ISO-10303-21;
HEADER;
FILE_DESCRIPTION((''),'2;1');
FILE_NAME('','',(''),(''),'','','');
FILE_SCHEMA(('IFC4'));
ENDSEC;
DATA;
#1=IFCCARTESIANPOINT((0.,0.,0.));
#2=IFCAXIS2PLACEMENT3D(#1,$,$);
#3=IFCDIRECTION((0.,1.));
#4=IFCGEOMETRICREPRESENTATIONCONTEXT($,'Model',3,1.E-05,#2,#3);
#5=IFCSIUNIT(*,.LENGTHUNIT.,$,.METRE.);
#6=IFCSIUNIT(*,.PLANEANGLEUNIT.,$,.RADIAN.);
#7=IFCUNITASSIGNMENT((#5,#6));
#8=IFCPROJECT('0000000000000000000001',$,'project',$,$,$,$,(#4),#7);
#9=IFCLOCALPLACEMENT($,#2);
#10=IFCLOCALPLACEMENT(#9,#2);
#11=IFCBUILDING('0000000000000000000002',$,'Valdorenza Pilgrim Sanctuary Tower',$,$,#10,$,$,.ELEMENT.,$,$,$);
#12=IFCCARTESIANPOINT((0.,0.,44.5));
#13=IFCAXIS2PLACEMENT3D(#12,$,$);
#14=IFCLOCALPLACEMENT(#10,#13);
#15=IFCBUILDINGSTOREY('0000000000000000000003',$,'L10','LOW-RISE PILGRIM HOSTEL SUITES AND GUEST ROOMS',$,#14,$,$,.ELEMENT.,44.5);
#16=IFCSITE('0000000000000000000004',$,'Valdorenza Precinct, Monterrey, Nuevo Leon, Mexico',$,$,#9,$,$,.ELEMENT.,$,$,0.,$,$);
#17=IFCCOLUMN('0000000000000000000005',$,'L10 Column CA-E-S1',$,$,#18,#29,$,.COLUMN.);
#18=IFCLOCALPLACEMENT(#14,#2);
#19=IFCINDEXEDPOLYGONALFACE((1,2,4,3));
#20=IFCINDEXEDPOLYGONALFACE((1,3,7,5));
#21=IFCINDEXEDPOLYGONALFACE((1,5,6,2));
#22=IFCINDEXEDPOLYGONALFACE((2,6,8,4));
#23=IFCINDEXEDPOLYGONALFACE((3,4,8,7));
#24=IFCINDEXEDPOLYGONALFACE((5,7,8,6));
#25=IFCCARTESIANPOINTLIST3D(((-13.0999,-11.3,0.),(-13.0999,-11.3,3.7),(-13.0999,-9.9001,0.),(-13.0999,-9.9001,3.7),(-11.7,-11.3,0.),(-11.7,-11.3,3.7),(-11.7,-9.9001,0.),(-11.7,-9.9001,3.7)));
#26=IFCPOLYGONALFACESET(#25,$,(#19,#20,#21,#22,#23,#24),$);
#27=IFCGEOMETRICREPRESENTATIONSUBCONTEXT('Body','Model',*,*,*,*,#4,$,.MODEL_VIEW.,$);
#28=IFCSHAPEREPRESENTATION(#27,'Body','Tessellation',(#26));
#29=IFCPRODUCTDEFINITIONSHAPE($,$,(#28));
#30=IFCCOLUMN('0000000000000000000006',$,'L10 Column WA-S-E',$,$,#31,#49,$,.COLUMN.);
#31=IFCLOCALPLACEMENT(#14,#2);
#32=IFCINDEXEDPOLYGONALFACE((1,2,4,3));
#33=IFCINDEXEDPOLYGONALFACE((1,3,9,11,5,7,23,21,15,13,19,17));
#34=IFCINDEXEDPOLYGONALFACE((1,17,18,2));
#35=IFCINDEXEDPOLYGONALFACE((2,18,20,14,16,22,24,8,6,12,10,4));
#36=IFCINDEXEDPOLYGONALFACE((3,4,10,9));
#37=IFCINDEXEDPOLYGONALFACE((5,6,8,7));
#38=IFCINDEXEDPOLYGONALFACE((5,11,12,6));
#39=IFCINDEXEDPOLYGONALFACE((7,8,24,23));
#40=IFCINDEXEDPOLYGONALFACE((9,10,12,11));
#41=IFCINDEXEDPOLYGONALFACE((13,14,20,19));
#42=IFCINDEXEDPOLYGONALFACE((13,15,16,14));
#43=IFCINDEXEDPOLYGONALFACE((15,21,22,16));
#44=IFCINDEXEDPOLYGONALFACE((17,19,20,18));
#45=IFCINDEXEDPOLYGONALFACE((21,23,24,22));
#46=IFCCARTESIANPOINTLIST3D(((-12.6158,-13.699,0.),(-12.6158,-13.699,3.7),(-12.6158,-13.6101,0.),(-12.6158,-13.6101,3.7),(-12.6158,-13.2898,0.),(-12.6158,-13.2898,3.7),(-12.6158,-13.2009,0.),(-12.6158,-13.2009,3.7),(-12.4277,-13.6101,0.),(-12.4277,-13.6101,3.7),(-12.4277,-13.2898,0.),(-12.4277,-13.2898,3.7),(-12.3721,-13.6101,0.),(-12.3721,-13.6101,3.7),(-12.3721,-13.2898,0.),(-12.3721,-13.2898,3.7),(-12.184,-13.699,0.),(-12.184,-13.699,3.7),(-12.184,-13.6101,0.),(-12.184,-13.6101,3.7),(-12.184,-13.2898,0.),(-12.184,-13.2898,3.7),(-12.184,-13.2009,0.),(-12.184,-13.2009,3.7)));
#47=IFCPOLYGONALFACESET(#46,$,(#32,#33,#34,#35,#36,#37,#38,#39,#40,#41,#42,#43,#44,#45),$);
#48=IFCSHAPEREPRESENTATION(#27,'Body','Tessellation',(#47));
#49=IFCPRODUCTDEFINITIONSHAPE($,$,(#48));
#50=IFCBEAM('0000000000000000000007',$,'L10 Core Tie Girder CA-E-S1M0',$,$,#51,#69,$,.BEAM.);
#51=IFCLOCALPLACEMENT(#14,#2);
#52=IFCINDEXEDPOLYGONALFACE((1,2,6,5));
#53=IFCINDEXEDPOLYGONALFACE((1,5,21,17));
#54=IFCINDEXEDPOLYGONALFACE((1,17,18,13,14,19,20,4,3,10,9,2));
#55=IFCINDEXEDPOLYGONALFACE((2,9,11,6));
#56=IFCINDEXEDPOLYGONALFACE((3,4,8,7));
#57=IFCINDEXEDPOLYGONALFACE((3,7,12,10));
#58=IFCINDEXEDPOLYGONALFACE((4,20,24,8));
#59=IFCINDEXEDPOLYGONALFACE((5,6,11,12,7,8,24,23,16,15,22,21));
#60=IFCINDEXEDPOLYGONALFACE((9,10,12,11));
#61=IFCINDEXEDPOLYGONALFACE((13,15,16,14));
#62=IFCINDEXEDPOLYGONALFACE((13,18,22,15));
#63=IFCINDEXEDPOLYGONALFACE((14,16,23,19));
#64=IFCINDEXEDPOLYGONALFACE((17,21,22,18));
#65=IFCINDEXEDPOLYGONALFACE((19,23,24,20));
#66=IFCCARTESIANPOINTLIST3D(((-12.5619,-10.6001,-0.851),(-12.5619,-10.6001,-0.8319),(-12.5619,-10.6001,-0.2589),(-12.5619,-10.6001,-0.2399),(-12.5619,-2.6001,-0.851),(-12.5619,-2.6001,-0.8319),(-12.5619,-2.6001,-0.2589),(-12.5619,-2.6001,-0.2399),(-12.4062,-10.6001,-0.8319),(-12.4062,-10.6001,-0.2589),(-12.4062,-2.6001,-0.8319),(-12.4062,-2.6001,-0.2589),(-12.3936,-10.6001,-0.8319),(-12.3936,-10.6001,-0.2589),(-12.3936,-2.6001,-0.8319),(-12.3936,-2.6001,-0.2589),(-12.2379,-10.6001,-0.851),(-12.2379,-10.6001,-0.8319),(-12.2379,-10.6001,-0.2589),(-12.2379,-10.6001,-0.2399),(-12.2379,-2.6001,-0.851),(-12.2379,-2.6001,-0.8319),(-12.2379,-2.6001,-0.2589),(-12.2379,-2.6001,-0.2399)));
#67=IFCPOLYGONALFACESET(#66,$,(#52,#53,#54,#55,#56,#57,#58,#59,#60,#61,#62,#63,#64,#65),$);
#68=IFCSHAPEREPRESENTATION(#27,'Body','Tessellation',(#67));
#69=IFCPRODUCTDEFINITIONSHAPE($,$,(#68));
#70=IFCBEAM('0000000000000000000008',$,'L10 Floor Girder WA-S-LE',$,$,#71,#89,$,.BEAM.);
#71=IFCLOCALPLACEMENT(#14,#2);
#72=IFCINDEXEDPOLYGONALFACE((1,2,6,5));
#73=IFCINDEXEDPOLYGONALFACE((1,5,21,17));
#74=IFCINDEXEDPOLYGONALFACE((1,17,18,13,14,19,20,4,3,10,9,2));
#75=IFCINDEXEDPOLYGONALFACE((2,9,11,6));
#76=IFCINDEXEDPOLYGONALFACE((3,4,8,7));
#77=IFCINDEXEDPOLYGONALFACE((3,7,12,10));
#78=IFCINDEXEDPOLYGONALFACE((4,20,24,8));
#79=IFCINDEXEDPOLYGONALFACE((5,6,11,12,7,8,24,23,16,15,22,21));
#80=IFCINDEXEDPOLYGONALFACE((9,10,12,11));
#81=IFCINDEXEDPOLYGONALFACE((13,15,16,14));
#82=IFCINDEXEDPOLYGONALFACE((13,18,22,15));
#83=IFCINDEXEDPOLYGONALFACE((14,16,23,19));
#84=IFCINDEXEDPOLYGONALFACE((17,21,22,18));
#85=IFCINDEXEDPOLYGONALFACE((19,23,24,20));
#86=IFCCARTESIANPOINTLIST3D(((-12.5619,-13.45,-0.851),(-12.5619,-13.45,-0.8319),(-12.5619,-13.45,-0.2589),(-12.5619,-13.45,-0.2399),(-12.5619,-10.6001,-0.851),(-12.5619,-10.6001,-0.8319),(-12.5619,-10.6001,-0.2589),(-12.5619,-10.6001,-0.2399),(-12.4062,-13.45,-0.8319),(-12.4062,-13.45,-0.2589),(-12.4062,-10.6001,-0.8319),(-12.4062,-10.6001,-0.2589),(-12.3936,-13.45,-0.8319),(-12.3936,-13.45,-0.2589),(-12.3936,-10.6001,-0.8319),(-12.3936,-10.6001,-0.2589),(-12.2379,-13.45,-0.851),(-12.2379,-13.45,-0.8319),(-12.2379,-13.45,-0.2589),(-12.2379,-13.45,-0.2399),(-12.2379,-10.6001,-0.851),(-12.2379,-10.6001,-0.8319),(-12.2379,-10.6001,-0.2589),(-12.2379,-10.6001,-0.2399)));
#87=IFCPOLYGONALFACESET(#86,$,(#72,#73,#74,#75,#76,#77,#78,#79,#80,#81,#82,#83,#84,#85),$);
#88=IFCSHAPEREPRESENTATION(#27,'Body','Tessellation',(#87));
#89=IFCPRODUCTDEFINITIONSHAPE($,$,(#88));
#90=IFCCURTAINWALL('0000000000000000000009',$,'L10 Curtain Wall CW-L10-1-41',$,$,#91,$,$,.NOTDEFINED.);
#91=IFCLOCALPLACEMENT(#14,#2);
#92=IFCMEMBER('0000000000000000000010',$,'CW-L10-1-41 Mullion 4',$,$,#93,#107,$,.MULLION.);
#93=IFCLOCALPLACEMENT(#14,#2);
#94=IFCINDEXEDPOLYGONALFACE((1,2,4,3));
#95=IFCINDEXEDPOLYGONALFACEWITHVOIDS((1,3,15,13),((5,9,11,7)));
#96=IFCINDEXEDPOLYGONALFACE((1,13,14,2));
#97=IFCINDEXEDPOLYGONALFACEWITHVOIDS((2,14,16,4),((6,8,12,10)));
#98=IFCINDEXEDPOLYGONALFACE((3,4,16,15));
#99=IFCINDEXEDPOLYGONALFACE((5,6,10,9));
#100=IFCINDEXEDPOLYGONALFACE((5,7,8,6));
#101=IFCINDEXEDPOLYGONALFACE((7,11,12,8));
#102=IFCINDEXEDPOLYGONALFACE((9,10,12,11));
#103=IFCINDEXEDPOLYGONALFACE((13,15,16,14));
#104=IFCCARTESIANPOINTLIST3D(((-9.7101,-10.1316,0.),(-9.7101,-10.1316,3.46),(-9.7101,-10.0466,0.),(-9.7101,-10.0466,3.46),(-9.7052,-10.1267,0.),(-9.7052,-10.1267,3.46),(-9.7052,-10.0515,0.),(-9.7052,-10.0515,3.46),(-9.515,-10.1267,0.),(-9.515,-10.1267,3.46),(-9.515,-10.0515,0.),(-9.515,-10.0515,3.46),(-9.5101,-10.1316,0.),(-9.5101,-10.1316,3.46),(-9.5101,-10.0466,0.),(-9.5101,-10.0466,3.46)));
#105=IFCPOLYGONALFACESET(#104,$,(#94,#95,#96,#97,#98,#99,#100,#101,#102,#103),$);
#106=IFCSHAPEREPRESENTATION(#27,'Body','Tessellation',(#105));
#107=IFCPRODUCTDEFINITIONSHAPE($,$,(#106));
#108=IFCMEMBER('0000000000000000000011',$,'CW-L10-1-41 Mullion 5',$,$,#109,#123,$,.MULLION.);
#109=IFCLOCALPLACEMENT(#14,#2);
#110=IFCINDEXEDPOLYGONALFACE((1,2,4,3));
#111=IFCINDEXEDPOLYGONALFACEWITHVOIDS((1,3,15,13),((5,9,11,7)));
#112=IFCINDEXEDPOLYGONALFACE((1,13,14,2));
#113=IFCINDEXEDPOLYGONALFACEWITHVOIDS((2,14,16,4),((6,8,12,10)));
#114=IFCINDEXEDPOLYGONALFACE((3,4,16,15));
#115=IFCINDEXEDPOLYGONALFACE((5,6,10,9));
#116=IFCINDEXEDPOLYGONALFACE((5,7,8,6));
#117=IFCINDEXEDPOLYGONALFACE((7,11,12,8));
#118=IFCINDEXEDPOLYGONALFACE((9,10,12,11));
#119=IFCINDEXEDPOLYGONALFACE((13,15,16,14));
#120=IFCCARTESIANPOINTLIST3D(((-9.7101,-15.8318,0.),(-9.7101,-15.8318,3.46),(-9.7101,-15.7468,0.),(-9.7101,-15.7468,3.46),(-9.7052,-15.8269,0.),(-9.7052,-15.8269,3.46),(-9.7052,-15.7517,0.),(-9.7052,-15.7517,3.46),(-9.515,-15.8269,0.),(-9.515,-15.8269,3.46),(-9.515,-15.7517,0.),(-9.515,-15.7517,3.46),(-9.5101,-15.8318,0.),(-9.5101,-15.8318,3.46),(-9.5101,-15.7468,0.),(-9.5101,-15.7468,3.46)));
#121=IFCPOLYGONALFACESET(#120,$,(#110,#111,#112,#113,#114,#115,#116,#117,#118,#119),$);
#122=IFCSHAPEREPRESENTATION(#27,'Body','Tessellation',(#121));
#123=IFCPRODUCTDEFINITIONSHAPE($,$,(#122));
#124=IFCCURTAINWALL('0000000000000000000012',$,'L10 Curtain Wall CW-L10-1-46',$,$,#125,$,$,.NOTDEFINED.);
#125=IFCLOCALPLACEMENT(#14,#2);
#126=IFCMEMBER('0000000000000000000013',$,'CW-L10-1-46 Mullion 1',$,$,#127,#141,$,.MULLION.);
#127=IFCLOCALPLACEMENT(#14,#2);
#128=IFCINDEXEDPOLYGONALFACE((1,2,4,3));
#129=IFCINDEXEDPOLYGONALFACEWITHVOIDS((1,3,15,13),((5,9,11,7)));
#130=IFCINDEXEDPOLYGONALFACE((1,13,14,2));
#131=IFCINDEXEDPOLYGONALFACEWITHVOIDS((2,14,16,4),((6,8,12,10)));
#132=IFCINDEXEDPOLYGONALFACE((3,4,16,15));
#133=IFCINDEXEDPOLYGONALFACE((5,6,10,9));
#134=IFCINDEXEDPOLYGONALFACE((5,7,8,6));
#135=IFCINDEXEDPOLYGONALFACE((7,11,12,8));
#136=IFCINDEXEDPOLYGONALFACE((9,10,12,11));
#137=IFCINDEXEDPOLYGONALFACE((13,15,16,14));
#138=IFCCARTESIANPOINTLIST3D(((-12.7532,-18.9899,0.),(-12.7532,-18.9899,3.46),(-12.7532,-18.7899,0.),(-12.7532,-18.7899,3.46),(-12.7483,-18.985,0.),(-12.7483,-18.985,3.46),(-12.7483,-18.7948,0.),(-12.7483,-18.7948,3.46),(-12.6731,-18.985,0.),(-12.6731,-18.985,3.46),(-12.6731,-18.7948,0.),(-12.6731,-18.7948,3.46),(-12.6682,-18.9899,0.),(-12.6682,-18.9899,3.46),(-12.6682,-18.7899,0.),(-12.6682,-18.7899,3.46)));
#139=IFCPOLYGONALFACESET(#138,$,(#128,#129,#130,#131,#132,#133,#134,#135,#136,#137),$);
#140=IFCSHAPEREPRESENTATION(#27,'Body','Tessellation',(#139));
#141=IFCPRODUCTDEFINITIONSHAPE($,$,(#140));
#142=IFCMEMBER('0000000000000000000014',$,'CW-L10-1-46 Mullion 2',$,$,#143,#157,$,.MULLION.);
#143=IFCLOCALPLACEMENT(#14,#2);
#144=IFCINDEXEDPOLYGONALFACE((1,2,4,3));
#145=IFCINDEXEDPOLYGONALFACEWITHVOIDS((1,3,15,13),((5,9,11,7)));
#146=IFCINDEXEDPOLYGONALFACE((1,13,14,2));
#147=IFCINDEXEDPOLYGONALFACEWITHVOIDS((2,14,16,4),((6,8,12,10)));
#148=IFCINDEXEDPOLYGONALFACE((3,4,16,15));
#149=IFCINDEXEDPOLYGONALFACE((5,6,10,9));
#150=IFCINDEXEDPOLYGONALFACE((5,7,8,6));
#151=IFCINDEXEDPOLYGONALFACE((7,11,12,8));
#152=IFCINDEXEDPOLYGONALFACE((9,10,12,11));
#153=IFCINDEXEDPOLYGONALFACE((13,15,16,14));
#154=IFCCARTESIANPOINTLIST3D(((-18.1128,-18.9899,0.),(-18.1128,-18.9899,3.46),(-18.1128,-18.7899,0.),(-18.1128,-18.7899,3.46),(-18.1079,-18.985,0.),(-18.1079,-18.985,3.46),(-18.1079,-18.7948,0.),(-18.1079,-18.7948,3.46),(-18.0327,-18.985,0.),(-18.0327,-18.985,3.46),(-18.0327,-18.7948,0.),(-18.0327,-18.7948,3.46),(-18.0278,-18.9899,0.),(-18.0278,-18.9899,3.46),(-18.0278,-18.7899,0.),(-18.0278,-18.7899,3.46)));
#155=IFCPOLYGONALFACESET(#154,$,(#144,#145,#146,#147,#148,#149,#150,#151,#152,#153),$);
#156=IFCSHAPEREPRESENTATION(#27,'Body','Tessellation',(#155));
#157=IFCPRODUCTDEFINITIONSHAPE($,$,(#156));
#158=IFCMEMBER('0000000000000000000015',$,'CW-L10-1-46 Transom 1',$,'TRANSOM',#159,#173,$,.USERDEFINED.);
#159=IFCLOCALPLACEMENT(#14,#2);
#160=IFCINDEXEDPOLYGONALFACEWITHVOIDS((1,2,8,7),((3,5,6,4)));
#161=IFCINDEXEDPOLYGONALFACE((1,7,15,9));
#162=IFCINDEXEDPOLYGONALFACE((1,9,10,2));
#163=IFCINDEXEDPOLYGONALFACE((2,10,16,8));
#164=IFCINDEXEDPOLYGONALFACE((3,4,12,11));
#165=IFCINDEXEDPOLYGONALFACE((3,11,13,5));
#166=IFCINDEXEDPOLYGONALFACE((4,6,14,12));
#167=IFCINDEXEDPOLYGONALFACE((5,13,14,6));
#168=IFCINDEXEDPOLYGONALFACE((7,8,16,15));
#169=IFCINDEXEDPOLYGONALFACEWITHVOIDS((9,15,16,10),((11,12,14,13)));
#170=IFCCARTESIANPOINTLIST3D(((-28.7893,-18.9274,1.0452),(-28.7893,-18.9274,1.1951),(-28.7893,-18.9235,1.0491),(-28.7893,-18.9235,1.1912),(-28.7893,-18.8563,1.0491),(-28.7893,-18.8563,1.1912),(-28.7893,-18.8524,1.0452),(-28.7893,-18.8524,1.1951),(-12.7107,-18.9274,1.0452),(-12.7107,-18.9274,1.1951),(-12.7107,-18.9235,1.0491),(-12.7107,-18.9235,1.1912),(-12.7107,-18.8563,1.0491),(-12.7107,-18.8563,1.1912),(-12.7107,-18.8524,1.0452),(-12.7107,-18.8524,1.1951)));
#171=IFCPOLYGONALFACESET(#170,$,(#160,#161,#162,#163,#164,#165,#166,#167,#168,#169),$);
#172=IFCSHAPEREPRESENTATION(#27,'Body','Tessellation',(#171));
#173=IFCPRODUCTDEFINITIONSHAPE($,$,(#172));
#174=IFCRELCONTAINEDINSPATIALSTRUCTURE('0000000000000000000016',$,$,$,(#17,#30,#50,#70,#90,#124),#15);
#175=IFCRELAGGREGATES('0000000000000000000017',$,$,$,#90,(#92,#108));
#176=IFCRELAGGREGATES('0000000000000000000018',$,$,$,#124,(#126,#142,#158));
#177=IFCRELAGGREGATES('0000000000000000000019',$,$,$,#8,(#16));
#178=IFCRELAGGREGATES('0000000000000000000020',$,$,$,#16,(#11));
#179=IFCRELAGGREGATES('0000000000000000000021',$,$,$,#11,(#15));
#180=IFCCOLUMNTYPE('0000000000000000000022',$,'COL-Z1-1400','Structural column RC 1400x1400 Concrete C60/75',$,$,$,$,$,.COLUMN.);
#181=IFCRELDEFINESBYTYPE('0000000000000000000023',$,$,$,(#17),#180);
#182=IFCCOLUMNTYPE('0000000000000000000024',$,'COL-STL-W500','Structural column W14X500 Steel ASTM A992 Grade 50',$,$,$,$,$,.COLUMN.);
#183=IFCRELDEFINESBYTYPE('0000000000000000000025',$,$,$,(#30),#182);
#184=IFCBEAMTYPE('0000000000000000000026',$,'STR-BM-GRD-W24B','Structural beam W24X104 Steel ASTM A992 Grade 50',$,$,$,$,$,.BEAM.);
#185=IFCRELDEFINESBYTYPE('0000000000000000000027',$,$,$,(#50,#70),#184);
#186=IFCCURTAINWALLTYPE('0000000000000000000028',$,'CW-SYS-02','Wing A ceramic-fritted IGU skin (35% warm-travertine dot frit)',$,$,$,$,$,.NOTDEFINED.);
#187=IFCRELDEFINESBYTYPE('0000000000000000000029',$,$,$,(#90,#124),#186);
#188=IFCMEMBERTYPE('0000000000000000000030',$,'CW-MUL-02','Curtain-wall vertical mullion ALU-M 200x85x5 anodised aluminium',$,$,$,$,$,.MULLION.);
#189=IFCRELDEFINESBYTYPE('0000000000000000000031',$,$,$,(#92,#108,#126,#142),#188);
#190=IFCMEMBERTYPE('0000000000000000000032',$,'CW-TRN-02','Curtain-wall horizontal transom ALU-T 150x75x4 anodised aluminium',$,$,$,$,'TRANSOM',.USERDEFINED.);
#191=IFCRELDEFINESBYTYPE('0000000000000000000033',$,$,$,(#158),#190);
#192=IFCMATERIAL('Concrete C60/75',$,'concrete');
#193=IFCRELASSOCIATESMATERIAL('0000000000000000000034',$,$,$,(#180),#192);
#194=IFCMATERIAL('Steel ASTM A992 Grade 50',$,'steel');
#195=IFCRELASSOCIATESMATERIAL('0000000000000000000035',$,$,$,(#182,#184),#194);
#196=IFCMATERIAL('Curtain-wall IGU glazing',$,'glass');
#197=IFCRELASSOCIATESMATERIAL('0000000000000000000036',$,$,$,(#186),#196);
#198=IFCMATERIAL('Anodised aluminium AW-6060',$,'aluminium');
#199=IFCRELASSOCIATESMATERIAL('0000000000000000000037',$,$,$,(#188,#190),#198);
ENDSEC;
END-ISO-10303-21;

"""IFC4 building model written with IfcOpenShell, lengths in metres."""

from ifc_helpers import new_model, si_unit, direction, frame, origin, origin_2d, place, context, subcontext, project, spatial, rectangle, hollow_rectangle, i_section, extrude, source, transform, mapped, material, material_profile, profile_set, type_object, element, aggregate, save


model = new_model("IFC4")

# Units and contexts
model_context = context("Model", 3, precision=1e-05, world=origin(), true_north=direction((0.0, 1.0)))
body_context = subcontext(model_context, "Body", "Model", "MODEL_VIEW")
ifc_project = project(units=[si_unit("LENGTHUNIT", "METRE"), si_unit("PLANEANGLEUNIT", "RADIAN")], contexts=[model_context])

# Site, building, storey
site_placement = place(None, origin())
site = spatial("IfcSite", under=ifc_project, at=site_placement, Name="Valdorenza Precinct, Monterrey, Nuevo Leon, Mexico", CompositionType="ELEMENT", RefElevation=0.0)
building_placement = place(site_placement, origin())
building = spatial("IfcBuilding", under=site, at=building_placement, Name="Valdorenza Pilgrim Sanctuary Tower", CompositionType="ELEMENT")
storey_placement = place(building_placement, frame((0.0, 0.0, 44.5)))
storey = spatial("IfcBuildingStorey", under=building, at=storey_placement, Name="L10", Description="LOW-RISE PILGRIM HOSTEL SUITES AND GUEST ROOMS", CompositionType="ELEMENT", Elevation=44.5)

# Columns
ifc_material_1 = material(Name="Concrete C60/75", Category="concrete")
ifc_material_profile_1 = material_profile(ifc_material_1, rectangle(XDim=1.3999, YDim=1.3999, at=origin_2d()), Name="RC 1400x1400")
ifc_profile_set_1 = profile_set([ifc_material_profile_1], Name="Concrete C60/75")
column_type_1 = type_object("IfcColumnType", Name="COL-Z1-1400", Description="Structural column RC 1400x1400 Concrete C60/75", PredefinedType="COLUMN", material=ifc_profile_set_1)
shared_shape_1 = source(origin(), body_context, "Body", "SweptSolid", [
    extrude(rectangle(XDim=1.3999, YDim=1.3999, at=origin_2d()), origin(), (0.0, 0.0, 1.0), 3.7),
])
column_1_placement = place(storey_placement, frame((-12.3999, -10.6001, 0.0), z_axis=(0.0, 0.0, 1.0), x_axis=(1.0, 0.0, 0.0)))
element("IfcColumn", 1, at=column_1_placement, inside=storey, type_object=column_type_1, Name="L10 Column CA-E-S1", PredefinedType="COLUMN", context=body_context, shape_type="MappedRepresentation", body=[
    mapped(shared_shape_1, transform((0.0, 0.0, 0.0), x_axis=(1.0, 0.0, 0.0), y_axis=(0.0, 1.0, 0.0), z_axis=(0.0, 0.0, 1.0), scale=1.0)),
])
ifc_material_2 = material(Name="Steel ASTM A992 Grade 50", Category="steel")
ifc_material_profile_2 = material_profile(ifc_material_2, i_section(OverallWidth=0.4319, OverallDepth=0.498, WebThickness=0.0557, FlangeThickness=0.0889, at=origin_2d()), Name="W14X500")
ifc_profile_set_2 = profile_set([ifc_material_profile_2], Name="Steel ASTM A992 Grade 50")
column_type_2 = type_object("IfcColumnType", Name="COL-STL-W500", Description="Structural column W14X500 Steel ASTM A992 Grade 50", PredefinedType="COLUMN", material=ifc_profile_set_2)
shared_shape_2 = source(origin(), body_context, "Body", "SweptSolid", [
    extrude(i_section(OverallWidth=0.4319, OverallDepth=0.498, WebThickness=0.0557, FlangeThickness=0.0889, at=origin_2d()), origin(), (0.0, 0.0, 1.0), 3.7),
])
column_2_placement = place(storey_placement, frame((-12.3999, -13.45, 0.0), z_axis=(0.0, 0.0, 1.0), x_axis=(1.0, 0.0, 0.0)))
element("IfcColumn", 2, at=column_2_placement, inside=storey, type_object=column_type_2, Name="L10 Column WA-S-E", PredefinedType="COLUMN", context=body_context, shape_type="MappedRepresentation", body=[
    mapped(shared_shape_2, transform((0.0, 0.0, 0.0), x_axis=(1.0, 0.0, 0.0), y_axis=(0.0, 1.0, 0.0), z_axis=(0.0, 0.0, 1.0), scale=1.0)),
])

# Beams
ifc_material_profile_3 = material_profile(ifc_material_2, i_section(OverallWidth=0.324, OverallDepth=0.6111, WebThickness=0.0127, FlangeThickness=0.019, at=origin_2d()), Name="W24X104")
ifc_profile_set_3 = profile_set([ifc_material_profile_3], Name="Steel ASTM A992 Grade 50")
beam_type = type_object("IfcBeamType", Name="STR-BM-GRD-W24B", Description="Structural beam W24X104 Steel ASTM A992 Grade 50", PredefinedType="BEAM", material=ifc_profile_set_3)
shared_shape_3 = source(origin(), body_context, "Body", "SweptSolid", [
    extrude(i_section(OverallWidth=0.324, OverallDepth=0.6111, WebThickness=0.0127, FlangeThickness=0.019, at=origin_2d()), origin(), (0.0, 0.0, 1.0), 8.0),
])
beam_1_placement = place(storey_placement, frame((-12.3999, -10.6001, -0.5454), z_axis=(0.0, 1.0, 0.0), x_axis=(-1.0, 0.0, 0.0)))
element("IfcBeam", 3, at=beam_1_placement, inside=storey, type_object=beam_type, Name="L10 Core Tie Girder CA-E-S1M0", PredefinedType="BEAM", context=body_context, shape_type="MappedRepresentation", body=[
    mapped(shared_shape_3, transform((0.0, 0.0, 0.0), x_axis=(1.0, 0.0, 0.0), y_axis=(0.0, 1.0, 0.0), z_axis=(0.0, 0.0, 1.0), scale=1.0)),
])
shared_shape_4 = source(origin(), body_context, "Body", "SweptSolid", [
    extrude(i_section(OverallWidth=0.324, OverallDepth=0.6111, WebThickness=0.0127, FlangeThickness=0.019, at=origin_2d()), origin(), (0.0, 0.0, 1.0), 2.8499),
])
beam_2_placement = place(storey_placement, frame((-12.3999, -13.45, -0.5454), z_axis=(0.0, 1.0, 0.0), x_axis=(-1.0, 0.0, 0.0)))
element("IfcBeam", 4, at=beam_2_placement, inside=storey, type_object=beam_type, Name="L10 Floor Girder WA-S-LE", PredefinedType="BEAM", context=body_context, shape_type="MappedRepresentation", body=[
    mapped(shared_shape_4, transform((0.0, 0.0, 0.0), x_axis=(1.0, 0.0, 0.0), y_axis=(0.0, 1.0, 0.0), z_axis=(0.0, 0.0, 1.0), scale=1.0)),
])

# Curtain walls, members
ifc_material_3 = material(Name="Curtain-wall IGU glazing", Category="glass")
curtain_wall_type = type_object("IfcCurtainWallType", Name="CW-SYS-02", Description="Wing A ceramic-fritted IGU skin (35% warm-travertine dot frit)", PredefinedType="NOTDEFINED", material=ifc_material_3)
curtain_wall_1_placement = place(storey_placement, origin())
curtain_wall_1 = element("IfcCurtainWall", 5, at=curtain_wall_1_placement, inside=storey, type_object=curtain_wall_type, Name="L10 Curtain Wall CW-L10-1-41", PredefinedType="NOTDEFINED")
ifc_material_4 = material(Name="Anodised aluminium AW-6060", Category="aluminium")
ifc_material_profile_4 = material_profile(ifc_material_4, hollow_rectangle(XDim=0.085, YDim=0.2, WallThickness=0.0049, at=origin_2d()), Name="ALU-M 200x85x5")
ifc_profile_set_4 = profile_set([ifc_material_profile_4], Name="Anodised aluminium AW-6060")
member_type_1 = type_object("IfcMemberType", Name="CW-MUL-02", Description="Curtain-wall vertical mullion ALU-M 200x85x5 anodised aluminium", PredefinedType="MULLION", material=ifc_profile_set_4)
shared_shape_5 = source(origin(), body_context, "Body", "SweptSolid", [
    extrude(hollow_rectangle(XDim=0.085, YDim=0.2, WallThickness=0.0049, at=origin_2d()), origin(), (0.0, 0.0, 1.0), 3.46),
])
member_1_placement = place(storey_placement, frame((-9.6101, -10.0891, 0.0), z_axis=(0.0, 0.0, 1.0), x_axis=(0.0, -1.0, 0.0)))
member_1 = element("IfcMember", 6, at=member_1_placement, type_object=member_type_1, Name="CW-L10-1-41 Mullion 4", PredefinedType="MULLION", context=body_context, shape_type="MappedRepresentation", body=[
    mapped(shared_shape_5, transform((0.0, 0.0, 0.0), x_axis=(1.0, 0.0, 0.0), y_axis=(0.0, 1.0, 0.0), z_axis=(0.0, 0.0, 1.0), scale=1.0)),
])
member_2_placement = place(storey_placement, frame((-9.6101, -15.7893, 0.0), z_axis=(0.0, 0.0, 1.0), x_axis=(0.0, -1.0, 0.0)))
member_2 = element("IfcMember", 7, at=member_2_placement, type_object=member_type_1, Name="CW-L10-1-41 Mullion 5", PredefinedType="MULLION", context=body_context, shape_type="MappedRepresentation", body=[
    mapped(shared_shape_5, transform((0.0, 0.0, 0.0), x_axis=(1.0, 0.0, 0.0), y_axis=(0.0, 1.0, 0.0), z_axis=(0.0, 0.0, 1.0), scale=1.0)),
])
curtain_wall_2_placement = place(storey_placement, origin())
curtain_wall_2 = element("IfcCurtainWall", 8, at=curtain_wall_2_placement, inside=storey, type_object=curtain_wall_type, Name="L10 Curtain Wall CW-L10-1-46", PredefinedType="NOTDEFINED")
member_3_placement = place(storey_placement, frame((-12.7107, -18.8899, 0.0), z_axis=(0.0, 0.0, 1.0), x_axis=(-1.0, 0.0, 0.0)))
member_3 = element("IfcMember", 9, at=member_3_placement, type_object=member_type_1, Name="CW-L10-1-46 Mullion 1", PredefinedType="MULLION", context=body_context, shape_type="MappedRepresentation", body=[
    mapped(shared_shape_5, transform((0.0, 0.0, 0.0), x_axis=(1.0, 0.0, 0.0), y_axis=(0.0, 1.0, 0.0), z_axis=(0.0, 0.0, 1.0), scale=1.0)),
])
member_4_placement = place(storey_placement, frame((-18.0703, -18.8899, 0.0), z_axis=(0.0, 0.0, 1.0), x_axis=(-1.0, 0.0, 0.0)))
member_4 = element("IfcMember", 10, at=member_4_placement, type_object=member_type_1, Name="CW-L10-1-46 Mullion 2", PredefinedType="MULLION", context=body_context, shape_type="MappedRepresentation", body=[
    mapped(shared_shape_5, transform((0.0, 0.0, 0.0), x_axis=(1.0, 0.0, 0.0), y_axis=(0.0, 1.0, 0.0), z_axis=(0.0, 0.0, 1.0), scale=1.0)),
])
ifc_material_profile_5 = material_profile(ifc_material_4, hollow_rectangle(XDim=0.075, YDim=0.1499, WallThickness=0.0039, at=origin_2d()), Name="ALU-T 150x75x4")
ifc_profile_set_5 = profile_set([ifc_material_profile_5], Name="Anodised aluminium AW-6060")
member_type_2 = type_object("IfcMemberType", Name="CW-TRN-02", Description="Curtain-wall horizontal transom ALU-T 150x75x4 anodised aluminium", ElementType="TRANSOM", PredefinedType="USERDEFINED", material=ifc_profile_set_5)
shared_shape_6 = source(origin(), body_context, "Body", "SweptSolid", [
    extrude(hollow_rectangle(XDim=0.075, YDim=0.1499, WallThickness=0.0039, at=origin_2d()), origin(), (0.0, 0.0, 1.0), 16.0786),
])
member_5_placement = place(storey_placement, frame((-12.7107, -18.8899, 1.1201), z_axis=(-1.0, 0.0, 0.0), x_axis=(0.0, -1.0, 0.0)))
member_5 = element("IfcMember", 11, at=member_5_placement, type_object=member_type_2, Name="CW-L10-1-46 Transom 1", ObjectType="TRANSOM", PredefinedType="USERDEFINED", context=body_context, shape_type="MappedRepresentation", body=[
    mapped(shared_shape_6, transform((0.0, 0.0, 0.0), x_axis=(1.0, 0.0, 0.0), y_axis=(0.0, 1.0, 0.0), z_axis=(0.0, 0.0, 1.0), scale=1.0)),
])

aggregate(curtain_wall_1, [member_1, member_2])
aggregate(curtain_wall_2, [member_3, member_4, member_5])

save(model, "model.ifc")
